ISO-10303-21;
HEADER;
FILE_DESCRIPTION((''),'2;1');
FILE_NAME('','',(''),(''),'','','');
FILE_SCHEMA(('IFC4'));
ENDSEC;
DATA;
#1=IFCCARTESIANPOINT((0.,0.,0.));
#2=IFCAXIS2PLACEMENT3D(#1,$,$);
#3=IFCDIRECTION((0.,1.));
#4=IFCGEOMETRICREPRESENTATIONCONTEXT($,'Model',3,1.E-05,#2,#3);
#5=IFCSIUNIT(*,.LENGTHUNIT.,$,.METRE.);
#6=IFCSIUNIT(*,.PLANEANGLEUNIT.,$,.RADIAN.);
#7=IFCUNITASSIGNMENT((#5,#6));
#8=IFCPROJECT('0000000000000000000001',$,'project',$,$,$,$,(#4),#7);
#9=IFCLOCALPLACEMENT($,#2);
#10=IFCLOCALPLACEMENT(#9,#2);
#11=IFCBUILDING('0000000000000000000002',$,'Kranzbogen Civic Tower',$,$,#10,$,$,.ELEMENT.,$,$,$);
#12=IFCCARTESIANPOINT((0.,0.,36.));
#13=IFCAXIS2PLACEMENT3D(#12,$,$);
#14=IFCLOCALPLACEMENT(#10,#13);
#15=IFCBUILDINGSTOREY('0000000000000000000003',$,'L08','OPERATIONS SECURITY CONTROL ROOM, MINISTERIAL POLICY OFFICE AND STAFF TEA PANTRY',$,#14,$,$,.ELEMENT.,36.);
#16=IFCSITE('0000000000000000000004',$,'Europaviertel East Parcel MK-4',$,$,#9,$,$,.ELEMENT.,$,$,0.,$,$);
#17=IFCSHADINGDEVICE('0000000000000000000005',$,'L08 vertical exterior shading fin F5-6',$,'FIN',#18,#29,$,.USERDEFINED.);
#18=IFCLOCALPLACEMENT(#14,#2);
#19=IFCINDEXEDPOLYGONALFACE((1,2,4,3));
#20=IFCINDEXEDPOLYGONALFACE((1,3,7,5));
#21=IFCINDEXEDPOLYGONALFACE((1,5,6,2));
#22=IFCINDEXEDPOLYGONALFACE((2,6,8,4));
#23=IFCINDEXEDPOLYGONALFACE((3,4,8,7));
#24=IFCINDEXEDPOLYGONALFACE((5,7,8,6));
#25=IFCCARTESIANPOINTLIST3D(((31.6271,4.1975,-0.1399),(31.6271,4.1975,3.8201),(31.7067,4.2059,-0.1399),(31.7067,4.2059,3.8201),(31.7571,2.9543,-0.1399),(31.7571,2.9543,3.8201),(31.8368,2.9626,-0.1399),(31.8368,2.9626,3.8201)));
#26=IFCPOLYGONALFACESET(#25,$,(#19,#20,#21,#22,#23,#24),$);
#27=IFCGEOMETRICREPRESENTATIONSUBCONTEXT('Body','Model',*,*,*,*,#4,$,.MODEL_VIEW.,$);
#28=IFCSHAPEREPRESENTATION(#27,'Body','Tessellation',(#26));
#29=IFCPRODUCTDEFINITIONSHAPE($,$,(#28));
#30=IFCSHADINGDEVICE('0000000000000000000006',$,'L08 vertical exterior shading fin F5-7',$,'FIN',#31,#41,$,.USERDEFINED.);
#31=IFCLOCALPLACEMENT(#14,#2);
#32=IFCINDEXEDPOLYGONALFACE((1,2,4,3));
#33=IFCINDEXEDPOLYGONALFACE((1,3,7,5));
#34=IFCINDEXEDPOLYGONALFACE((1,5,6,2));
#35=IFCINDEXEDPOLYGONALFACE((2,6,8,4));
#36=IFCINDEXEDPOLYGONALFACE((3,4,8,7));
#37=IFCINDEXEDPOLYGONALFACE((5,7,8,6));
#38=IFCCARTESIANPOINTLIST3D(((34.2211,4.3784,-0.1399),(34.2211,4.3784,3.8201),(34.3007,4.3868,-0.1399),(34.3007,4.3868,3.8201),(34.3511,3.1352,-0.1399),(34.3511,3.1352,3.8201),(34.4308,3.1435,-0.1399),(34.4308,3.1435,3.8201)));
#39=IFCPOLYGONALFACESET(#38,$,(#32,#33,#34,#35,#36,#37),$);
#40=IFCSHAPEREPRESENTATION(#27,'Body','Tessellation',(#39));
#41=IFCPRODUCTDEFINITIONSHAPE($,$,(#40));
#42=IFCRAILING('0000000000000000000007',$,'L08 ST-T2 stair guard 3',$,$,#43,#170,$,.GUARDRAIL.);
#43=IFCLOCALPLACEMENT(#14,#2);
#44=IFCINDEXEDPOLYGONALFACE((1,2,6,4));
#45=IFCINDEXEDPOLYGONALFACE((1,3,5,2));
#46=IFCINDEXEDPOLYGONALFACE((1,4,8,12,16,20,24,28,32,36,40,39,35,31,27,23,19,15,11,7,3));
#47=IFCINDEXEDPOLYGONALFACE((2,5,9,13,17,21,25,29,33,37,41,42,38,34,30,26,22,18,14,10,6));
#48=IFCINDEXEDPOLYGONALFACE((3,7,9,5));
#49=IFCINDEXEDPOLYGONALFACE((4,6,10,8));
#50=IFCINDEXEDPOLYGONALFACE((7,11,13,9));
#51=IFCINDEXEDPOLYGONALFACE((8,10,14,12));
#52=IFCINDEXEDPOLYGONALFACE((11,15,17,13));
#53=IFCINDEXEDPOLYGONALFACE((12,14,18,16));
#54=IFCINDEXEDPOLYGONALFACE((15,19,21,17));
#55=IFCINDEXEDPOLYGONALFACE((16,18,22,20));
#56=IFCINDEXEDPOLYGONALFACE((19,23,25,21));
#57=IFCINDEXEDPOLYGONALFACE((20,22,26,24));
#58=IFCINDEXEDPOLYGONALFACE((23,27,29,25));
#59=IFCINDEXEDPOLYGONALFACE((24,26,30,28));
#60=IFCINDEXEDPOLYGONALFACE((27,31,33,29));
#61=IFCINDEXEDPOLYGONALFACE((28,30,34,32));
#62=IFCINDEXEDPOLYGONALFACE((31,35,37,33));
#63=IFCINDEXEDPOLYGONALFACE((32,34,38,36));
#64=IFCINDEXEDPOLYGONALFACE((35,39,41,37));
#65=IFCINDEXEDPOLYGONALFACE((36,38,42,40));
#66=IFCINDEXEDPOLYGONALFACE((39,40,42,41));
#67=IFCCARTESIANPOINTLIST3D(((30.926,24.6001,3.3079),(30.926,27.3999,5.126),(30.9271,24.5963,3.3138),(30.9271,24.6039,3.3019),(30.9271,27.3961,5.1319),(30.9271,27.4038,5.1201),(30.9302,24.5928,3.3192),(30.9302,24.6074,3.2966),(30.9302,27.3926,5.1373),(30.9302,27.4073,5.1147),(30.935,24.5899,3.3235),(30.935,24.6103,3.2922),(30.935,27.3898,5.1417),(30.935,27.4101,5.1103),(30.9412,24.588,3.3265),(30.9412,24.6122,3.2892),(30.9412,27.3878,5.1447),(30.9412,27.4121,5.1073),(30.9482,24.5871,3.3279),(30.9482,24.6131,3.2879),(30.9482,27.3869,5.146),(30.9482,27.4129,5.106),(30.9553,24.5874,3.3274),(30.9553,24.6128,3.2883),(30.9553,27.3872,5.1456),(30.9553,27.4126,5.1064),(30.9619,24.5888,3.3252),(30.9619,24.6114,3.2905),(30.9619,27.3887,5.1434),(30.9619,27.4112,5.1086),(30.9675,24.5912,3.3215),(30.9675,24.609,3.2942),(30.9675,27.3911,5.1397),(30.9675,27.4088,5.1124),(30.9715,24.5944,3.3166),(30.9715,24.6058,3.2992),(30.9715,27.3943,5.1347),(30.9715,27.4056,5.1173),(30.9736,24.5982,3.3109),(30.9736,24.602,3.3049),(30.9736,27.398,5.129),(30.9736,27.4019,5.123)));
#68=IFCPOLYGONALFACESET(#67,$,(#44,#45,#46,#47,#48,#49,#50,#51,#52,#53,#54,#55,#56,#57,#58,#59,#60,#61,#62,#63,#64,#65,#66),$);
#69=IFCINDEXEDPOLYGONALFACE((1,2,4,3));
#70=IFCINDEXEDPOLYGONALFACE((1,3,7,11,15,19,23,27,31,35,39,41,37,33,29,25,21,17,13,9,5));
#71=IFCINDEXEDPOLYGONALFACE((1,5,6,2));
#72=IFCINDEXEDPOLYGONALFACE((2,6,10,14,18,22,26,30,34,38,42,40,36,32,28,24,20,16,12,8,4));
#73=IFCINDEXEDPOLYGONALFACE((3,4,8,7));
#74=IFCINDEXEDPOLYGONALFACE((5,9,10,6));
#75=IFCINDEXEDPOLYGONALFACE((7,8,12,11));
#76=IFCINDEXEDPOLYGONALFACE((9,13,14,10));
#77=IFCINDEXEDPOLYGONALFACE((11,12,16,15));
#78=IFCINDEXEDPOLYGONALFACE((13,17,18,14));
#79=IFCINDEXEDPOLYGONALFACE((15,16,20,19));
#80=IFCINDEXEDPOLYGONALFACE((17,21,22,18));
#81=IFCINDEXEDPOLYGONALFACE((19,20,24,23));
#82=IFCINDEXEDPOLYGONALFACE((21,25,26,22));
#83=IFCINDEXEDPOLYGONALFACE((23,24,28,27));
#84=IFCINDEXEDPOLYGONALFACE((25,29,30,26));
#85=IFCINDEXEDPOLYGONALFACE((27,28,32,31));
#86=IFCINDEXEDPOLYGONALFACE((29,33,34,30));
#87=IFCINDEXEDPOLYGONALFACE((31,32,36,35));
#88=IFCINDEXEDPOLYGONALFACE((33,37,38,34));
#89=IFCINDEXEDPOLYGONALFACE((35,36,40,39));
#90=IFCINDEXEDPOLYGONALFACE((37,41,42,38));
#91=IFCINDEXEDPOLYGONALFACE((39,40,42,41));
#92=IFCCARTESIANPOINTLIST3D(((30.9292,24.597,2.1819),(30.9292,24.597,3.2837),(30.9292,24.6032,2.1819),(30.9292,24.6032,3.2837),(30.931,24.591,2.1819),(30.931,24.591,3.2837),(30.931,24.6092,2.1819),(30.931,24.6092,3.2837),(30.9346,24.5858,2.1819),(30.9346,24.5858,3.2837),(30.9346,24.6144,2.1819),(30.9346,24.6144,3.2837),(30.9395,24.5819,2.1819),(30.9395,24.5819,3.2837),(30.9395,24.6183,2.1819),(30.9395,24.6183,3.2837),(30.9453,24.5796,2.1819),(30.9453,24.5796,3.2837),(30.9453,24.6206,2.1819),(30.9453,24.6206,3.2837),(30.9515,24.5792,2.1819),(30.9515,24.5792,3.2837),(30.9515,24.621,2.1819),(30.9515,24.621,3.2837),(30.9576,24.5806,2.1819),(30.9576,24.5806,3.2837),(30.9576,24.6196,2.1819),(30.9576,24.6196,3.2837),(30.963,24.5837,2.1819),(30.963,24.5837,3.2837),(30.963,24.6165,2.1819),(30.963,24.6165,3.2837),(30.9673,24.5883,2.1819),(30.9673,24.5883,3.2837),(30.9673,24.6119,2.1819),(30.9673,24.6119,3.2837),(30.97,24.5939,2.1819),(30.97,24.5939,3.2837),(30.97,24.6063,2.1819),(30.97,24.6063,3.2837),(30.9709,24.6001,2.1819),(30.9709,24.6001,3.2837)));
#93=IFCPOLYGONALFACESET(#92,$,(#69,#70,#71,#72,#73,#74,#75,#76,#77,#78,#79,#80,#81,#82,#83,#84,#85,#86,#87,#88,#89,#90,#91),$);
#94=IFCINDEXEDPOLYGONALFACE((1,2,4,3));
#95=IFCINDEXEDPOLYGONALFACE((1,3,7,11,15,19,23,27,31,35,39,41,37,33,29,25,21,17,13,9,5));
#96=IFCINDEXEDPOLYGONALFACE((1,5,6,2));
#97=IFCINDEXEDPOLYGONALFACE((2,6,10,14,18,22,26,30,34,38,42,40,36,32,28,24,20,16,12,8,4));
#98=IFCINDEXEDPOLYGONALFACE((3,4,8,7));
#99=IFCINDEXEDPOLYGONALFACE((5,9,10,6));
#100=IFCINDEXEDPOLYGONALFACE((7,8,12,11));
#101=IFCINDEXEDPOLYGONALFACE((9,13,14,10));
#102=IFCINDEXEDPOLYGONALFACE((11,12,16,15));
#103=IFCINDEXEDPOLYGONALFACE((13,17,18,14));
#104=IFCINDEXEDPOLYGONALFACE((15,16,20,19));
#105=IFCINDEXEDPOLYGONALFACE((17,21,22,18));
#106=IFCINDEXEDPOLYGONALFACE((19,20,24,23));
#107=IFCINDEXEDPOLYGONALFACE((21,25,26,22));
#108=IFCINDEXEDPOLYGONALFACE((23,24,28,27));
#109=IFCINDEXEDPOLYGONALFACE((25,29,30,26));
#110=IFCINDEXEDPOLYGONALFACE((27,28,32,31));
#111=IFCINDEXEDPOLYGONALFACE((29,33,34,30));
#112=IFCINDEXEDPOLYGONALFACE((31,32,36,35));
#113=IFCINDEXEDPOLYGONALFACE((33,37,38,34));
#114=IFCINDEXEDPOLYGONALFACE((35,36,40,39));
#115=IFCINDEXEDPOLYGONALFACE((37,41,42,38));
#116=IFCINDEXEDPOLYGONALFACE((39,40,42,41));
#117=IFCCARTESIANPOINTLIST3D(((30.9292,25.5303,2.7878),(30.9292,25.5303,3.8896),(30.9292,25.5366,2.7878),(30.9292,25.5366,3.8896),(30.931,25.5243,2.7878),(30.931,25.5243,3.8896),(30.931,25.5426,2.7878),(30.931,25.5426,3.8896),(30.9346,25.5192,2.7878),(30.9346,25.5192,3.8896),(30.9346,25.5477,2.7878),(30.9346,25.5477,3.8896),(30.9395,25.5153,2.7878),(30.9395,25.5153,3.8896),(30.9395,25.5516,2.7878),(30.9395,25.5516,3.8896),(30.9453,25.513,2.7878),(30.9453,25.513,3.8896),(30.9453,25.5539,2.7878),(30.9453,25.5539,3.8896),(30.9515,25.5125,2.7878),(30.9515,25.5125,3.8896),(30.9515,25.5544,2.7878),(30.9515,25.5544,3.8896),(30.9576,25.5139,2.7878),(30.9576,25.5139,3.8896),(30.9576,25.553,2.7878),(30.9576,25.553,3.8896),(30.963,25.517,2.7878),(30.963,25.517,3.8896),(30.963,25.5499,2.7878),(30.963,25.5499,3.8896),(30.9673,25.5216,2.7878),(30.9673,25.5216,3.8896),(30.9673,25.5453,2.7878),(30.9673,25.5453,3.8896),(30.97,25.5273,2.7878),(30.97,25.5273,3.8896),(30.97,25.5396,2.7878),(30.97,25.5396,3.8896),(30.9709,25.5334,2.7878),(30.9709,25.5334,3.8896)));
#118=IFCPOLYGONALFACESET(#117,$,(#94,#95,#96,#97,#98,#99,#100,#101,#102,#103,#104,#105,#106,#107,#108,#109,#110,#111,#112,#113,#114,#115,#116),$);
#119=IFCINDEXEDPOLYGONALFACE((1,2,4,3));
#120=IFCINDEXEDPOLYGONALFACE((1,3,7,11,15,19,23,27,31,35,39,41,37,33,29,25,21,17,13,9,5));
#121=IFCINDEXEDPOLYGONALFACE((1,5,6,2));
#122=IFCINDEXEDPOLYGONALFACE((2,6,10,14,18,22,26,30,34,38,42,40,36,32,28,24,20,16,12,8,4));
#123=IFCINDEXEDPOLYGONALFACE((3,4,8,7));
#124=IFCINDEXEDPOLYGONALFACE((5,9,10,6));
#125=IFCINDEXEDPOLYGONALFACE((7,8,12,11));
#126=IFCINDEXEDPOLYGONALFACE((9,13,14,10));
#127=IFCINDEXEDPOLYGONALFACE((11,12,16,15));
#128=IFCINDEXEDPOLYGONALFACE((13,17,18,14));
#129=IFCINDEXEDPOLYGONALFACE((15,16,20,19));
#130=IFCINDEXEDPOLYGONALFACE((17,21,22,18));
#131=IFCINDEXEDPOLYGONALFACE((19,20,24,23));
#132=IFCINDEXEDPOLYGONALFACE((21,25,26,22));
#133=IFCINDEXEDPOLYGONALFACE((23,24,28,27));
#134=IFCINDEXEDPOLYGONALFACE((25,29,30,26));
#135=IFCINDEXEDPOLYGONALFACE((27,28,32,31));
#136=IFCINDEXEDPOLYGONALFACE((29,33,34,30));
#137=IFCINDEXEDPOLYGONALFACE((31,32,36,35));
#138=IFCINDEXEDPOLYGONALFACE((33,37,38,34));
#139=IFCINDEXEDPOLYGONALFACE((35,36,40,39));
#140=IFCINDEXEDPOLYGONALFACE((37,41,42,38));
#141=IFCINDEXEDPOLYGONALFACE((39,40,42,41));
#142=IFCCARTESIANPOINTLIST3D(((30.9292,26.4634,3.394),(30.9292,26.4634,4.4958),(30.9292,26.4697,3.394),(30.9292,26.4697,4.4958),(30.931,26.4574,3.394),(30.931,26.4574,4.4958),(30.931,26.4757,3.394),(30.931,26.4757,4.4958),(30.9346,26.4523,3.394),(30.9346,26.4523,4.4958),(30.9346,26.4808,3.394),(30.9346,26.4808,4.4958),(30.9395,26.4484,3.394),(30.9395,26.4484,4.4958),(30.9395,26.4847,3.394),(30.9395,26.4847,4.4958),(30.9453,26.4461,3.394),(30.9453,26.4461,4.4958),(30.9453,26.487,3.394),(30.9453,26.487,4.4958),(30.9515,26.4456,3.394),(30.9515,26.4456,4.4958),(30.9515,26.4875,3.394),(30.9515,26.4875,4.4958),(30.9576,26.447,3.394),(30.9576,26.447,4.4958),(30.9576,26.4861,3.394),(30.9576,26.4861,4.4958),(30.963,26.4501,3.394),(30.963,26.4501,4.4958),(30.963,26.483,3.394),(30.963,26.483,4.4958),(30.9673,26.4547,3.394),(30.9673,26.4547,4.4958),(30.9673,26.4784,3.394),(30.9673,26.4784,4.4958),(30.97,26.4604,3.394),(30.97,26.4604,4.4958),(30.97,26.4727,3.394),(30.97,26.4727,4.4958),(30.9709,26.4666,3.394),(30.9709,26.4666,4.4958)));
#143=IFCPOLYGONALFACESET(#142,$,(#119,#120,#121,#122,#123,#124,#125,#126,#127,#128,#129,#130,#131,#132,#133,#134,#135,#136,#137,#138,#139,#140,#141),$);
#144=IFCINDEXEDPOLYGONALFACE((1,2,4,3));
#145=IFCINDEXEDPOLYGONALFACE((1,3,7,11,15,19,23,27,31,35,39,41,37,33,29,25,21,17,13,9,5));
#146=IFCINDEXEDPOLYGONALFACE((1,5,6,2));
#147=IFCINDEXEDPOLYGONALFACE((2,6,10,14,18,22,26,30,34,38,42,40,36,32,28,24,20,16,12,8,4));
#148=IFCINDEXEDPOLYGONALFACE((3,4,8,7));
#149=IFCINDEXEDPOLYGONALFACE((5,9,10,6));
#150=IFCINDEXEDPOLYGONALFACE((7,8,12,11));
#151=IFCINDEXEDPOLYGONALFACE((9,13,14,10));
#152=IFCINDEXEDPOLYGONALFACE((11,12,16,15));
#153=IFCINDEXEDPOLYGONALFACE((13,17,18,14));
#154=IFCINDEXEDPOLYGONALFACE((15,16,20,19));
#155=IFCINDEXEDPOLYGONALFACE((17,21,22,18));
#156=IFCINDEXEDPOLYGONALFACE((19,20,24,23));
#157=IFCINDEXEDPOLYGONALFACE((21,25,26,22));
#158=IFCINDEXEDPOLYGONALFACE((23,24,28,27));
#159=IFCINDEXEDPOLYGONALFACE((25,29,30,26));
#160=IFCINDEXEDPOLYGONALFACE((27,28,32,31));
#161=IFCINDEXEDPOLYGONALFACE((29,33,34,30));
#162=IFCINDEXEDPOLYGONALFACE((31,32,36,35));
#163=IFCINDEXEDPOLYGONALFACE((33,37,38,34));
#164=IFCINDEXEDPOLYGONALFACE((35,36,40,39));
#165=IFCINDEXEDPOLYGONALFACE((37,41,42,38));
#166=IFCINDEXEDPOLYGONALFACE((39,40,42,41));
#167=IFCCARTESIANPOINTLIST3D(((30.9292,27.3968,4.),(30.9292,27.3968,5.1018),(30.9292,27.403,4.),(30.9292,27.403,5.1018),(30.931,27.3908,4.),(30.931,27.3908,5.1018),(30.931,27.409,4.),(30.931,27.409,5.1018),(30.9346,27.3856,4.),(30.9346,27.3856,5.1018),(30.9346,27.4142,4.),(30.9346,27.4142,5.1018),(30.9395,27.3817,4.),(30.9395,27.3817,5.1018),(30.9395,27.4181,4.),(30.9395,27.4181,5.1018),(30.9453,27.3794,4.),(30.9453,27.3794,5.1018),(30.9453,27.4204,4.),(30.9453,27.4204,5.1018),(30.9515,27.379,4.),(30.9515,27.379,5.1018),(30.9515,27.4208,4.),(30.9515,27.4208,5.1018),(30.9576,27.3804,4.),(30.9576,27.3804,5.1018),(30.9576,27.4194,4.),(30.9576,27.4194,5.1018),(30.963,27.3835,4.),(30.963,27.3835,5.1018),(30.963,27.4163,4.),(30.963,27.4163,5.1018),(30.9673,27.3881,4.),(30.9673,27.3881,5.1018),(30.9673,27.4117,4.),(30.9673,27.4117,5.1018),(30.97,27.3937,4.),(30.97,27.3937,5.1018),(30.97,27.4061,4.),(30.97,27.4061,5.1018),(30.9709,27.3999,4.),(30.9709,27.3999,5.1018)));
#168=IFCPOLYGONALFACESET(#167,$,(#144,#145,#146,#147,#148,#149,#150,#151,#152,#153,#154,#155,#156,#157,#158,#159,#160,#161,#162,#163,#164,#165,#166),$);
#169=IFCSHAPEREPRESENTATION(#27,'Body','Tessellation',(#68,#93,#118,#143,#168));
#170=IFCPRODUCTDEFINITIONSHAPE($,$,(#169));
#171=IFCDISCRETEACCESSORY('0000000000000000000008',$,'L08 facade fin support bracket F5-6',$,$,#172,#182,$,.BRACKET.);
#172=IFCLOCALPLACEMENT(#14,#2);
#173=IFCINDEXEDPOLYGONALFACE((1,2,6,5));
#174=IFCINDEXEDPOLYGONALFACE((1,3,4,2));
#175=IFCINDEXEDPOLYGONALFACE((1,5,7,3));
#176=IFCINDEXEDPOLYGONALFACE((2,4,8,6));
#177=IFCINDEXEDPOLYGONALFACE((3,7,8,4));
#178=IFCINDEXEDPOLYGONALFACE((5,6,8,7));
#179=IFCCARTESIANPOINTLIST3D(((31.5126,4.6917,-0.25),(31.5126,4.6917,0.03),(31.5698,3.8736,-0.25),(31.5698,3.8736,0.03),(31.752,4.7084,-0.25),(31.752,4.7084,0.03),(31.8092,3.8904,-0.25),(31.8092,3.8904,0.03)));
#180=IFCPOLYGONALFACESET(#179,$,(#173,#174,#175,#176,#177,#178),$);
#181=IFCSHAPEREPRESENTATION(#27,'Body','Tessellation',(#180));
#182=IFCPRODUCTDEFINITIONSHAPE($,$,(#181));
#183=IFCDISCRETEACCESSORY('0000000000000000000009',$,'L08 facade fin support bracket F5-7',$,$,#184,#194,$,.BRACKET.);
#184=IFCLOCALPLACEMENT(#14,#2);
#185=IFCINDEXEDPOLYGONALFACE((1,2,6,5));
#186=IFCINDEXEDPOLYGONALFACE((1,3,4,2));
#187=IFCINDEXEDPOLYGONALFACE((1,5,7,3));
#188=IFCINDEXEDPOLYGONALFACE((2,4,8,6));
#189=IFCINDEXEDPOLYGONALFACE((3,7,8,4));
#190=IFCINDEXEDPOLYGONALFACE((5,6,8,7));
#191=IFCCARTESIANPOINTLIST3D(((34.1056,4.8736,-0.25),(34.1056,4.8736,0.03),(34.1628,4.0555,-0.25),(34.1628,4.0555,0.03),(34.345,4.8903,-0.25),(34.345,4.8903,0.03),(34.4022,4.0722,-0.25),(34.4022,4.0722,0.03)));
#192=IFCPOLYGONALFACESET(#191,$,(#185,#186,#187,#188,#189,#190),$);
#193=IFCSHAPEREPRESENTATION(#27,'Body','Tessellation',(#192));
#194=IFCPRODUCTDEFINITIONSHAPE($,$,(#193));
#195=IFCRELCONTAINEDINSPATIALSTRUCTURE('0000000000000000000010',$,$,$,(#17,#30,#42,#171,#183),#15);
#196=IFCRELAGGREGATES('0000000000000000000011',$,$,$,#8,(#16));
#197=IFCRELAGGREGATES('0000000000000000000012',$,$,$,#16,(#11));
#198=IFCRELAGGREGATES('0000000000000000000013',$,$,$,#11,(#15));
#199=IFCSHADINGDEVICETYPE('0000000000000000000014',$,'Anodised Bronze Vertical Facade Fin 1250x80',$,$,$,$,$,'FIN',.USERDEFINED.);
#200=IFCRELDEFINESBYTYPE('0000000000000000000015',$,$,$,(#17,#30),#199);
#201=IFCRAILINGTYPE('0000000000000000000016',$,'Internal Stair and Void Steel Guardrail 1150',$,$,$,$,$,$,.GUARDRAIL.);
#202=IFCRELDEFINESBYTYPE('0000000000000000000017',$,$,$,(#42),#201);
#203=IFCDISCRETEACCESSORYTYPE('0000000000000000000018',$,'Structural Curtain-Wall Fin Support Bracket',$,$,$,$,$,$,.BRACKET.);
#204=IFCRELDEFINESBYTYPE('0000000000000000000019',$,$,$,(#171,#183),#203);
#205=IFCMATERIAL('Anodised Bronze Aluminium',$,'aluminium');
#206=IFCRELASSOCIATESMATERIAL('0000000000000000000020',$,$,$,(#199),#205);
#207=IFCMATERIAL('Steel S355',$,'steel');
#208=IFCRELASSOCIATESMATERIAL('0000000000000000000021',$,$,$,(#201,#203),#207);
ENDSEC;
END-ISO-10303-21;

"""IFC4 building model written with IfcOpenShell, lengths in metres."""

from ifc_helpers import new_model, si_unit, direction, frame, origin, origin_2d, place, context, subcontext, project, spatial, rectangle, circle, extrude, material, type_object, element, save


model = new_model("IFC4")

# Units and contexts
model_context = context("Model", 3, precision=1e-05, world=origin(), true_north=direction((0.0, 1.0)))
body_context = subcontext(model_context, "Body", "Model", "MODEL_VIEW")
ifc_project = project(units=[si_unit("LENGTHUNIT", "METRE"), si_unit("PLANEANGLEUNIT", "RADIAN")], contexts=[model_context])

# Site, building, storey
site_placement = place(None, origin())
site = spatial("IfcSite", under=ifc_project, at=site_placement, Name="Europaviertel East Parcel MK-4", CompositionType="ELEMENT", RefElevation=0.0)
building_placement = place(site_placement, origin())
building = spatial("IfcBuilding", under=site, at=building_placement, Name="Kranzbogen Civic Tower", CompositionType="ELEMENT")
storey_placement = place(building_placement, frame((0.0, 0.0, 36.0)))
storey = spatial("IfcBuildingStorey", under=building, at=storey_placement, Name="L08", Description="OPERATIONS SECURITY CONTROL ROOM, MINISTERIAL POLICY OFFICE AND STAFF TEA PANTRY", CompositionType="ELEMENT", Elevation=36.0)

# Shared definitions
ifc_material_1 = material(Name="Steel S355", Category="steel")

# Shading devices
ifc_material_2 = material(Name="Anodised Bronze Aluminium", Category="aluminium")
shading_device_type = type_object("IfcShadingDeviceType", Name="Anodised Bronze Vertical Facade Fin 1250x80", ElementType="FIN", PredefinedType="USERDEFINED", material=ifc_material_2)
for number, where, z_axis, x_axis, name in (
    (1, (31.7319, 3.5801, -0.1399), (0.0, 0.0, 1.0), (0.10406, -0.994571, 0.0), "L08 vertical exterior shading fin F5-6"),
    (2, (34.3259, 3.761, -0.1399), (0.0, 0.0, 1.0), (0.10406, -0.994571, 0.0), "L08 vertical exterior shading fin F5-7"),
):
    element("IfcShadingDevice", number, at=place(storey_placement, frame(where, z_axis=z_axis, x_axis=x_axis)), inside=storey, type_object=shading_device_type, Name=name, ObjectType="FIN", PredefinedType="USERDEFINED", context=body_context, shape_type="SweptSolid", body=[
        extrude(rectangle(XDim=1.25, YDim=0.0801, at=origin_2d()), origin(), (0.0, 0.0, 1.0), 3.96),
    ])

# Railing
railing_type = type_object("IfcRailingType", Name="Internal Stair and Void Steel Guardrail 1150", PredefinedType="GUARDRAIL", material=ifc_material_1)
railing_placement = place(storey_placement, frame((30.95, 24.6001, 2.1819)))
element("IfcRailing", 3, at=railing_placement, inside=storey, type_object=railing_type, Name="L08 ST-T2 stair guard 3", PredefinedType="GUARDRAIL", context=body_context, shape_type="SweptSolid", body=[
    extrude(circle(Radius=0.0239, at=origin_2d()), frame((0.0, 0.0, 1.126), z_axis=(0.0, 0.838684, 0.544618), x_axis=(-1.0, 0.0, 0.0)), (0.0, 0.0, 1.0), 3.3384),
    extrude(circle(Radius=0.021, at=origin_2d()), origin(), (0.0, 0.0, 1.0), 1.1018),
    extrude(circle(Radius=0.021, at=origin_2d()), frame((0.0, 0.9333, 0.606)), (0.0, 0.0, 1.0), 1.1018),
    extrude(circle(Radius=0.021, at=origin_2d()), frame((0.0, 1.8665, 1.2122)), (0.0, 0.0, 1.0), 1.1018),
    extrude(circle(Radius=0.021, at=origin_2d()), frame((0.0, 2.7998, 1.8181)), (0.0, 0.0, 1.0), 1.1018),
])

# Discrete accessories
discrete_accessory_type = type_object("IfcDiscreteAccessoryType", Name="Structural Curtain-Wall Fin Support Bracket", PredefinedType="BRACKET", material=ifc_material_1)
for number, where, z_axis, x_axis, name in (
    (4, (31.6609, 4.291, -0.25), (0.0, 0.0, 1.0), (0.069756, -0.997564, 0.0), "L08 facade fin support bracket F5-6"),
    (5, (34.2539, 4.4729, -0.25), (0.0, 0.0, 1.0), (0.069756, -0.997564, 0.0), "L08 facade fin support bracket F5-7"),
):
    element("IfcDiscreteAccessory", number, at=place(storey_placement, frame(where, z_axis=z_axis, x_axis=x_axis)), inside=storey, type_object=discrete_accessory_type, Name=name, PredefinedType="BRACKET", context=body_context, shape_type="SweptSolid", body=[
        extrude(rectangle(XDim=0.8201, YDim=0.24, at=origin_2d()), origin(), (0.0, 0.0, 1.0), 0.28),
    ])

save(model, "model.ifc")
